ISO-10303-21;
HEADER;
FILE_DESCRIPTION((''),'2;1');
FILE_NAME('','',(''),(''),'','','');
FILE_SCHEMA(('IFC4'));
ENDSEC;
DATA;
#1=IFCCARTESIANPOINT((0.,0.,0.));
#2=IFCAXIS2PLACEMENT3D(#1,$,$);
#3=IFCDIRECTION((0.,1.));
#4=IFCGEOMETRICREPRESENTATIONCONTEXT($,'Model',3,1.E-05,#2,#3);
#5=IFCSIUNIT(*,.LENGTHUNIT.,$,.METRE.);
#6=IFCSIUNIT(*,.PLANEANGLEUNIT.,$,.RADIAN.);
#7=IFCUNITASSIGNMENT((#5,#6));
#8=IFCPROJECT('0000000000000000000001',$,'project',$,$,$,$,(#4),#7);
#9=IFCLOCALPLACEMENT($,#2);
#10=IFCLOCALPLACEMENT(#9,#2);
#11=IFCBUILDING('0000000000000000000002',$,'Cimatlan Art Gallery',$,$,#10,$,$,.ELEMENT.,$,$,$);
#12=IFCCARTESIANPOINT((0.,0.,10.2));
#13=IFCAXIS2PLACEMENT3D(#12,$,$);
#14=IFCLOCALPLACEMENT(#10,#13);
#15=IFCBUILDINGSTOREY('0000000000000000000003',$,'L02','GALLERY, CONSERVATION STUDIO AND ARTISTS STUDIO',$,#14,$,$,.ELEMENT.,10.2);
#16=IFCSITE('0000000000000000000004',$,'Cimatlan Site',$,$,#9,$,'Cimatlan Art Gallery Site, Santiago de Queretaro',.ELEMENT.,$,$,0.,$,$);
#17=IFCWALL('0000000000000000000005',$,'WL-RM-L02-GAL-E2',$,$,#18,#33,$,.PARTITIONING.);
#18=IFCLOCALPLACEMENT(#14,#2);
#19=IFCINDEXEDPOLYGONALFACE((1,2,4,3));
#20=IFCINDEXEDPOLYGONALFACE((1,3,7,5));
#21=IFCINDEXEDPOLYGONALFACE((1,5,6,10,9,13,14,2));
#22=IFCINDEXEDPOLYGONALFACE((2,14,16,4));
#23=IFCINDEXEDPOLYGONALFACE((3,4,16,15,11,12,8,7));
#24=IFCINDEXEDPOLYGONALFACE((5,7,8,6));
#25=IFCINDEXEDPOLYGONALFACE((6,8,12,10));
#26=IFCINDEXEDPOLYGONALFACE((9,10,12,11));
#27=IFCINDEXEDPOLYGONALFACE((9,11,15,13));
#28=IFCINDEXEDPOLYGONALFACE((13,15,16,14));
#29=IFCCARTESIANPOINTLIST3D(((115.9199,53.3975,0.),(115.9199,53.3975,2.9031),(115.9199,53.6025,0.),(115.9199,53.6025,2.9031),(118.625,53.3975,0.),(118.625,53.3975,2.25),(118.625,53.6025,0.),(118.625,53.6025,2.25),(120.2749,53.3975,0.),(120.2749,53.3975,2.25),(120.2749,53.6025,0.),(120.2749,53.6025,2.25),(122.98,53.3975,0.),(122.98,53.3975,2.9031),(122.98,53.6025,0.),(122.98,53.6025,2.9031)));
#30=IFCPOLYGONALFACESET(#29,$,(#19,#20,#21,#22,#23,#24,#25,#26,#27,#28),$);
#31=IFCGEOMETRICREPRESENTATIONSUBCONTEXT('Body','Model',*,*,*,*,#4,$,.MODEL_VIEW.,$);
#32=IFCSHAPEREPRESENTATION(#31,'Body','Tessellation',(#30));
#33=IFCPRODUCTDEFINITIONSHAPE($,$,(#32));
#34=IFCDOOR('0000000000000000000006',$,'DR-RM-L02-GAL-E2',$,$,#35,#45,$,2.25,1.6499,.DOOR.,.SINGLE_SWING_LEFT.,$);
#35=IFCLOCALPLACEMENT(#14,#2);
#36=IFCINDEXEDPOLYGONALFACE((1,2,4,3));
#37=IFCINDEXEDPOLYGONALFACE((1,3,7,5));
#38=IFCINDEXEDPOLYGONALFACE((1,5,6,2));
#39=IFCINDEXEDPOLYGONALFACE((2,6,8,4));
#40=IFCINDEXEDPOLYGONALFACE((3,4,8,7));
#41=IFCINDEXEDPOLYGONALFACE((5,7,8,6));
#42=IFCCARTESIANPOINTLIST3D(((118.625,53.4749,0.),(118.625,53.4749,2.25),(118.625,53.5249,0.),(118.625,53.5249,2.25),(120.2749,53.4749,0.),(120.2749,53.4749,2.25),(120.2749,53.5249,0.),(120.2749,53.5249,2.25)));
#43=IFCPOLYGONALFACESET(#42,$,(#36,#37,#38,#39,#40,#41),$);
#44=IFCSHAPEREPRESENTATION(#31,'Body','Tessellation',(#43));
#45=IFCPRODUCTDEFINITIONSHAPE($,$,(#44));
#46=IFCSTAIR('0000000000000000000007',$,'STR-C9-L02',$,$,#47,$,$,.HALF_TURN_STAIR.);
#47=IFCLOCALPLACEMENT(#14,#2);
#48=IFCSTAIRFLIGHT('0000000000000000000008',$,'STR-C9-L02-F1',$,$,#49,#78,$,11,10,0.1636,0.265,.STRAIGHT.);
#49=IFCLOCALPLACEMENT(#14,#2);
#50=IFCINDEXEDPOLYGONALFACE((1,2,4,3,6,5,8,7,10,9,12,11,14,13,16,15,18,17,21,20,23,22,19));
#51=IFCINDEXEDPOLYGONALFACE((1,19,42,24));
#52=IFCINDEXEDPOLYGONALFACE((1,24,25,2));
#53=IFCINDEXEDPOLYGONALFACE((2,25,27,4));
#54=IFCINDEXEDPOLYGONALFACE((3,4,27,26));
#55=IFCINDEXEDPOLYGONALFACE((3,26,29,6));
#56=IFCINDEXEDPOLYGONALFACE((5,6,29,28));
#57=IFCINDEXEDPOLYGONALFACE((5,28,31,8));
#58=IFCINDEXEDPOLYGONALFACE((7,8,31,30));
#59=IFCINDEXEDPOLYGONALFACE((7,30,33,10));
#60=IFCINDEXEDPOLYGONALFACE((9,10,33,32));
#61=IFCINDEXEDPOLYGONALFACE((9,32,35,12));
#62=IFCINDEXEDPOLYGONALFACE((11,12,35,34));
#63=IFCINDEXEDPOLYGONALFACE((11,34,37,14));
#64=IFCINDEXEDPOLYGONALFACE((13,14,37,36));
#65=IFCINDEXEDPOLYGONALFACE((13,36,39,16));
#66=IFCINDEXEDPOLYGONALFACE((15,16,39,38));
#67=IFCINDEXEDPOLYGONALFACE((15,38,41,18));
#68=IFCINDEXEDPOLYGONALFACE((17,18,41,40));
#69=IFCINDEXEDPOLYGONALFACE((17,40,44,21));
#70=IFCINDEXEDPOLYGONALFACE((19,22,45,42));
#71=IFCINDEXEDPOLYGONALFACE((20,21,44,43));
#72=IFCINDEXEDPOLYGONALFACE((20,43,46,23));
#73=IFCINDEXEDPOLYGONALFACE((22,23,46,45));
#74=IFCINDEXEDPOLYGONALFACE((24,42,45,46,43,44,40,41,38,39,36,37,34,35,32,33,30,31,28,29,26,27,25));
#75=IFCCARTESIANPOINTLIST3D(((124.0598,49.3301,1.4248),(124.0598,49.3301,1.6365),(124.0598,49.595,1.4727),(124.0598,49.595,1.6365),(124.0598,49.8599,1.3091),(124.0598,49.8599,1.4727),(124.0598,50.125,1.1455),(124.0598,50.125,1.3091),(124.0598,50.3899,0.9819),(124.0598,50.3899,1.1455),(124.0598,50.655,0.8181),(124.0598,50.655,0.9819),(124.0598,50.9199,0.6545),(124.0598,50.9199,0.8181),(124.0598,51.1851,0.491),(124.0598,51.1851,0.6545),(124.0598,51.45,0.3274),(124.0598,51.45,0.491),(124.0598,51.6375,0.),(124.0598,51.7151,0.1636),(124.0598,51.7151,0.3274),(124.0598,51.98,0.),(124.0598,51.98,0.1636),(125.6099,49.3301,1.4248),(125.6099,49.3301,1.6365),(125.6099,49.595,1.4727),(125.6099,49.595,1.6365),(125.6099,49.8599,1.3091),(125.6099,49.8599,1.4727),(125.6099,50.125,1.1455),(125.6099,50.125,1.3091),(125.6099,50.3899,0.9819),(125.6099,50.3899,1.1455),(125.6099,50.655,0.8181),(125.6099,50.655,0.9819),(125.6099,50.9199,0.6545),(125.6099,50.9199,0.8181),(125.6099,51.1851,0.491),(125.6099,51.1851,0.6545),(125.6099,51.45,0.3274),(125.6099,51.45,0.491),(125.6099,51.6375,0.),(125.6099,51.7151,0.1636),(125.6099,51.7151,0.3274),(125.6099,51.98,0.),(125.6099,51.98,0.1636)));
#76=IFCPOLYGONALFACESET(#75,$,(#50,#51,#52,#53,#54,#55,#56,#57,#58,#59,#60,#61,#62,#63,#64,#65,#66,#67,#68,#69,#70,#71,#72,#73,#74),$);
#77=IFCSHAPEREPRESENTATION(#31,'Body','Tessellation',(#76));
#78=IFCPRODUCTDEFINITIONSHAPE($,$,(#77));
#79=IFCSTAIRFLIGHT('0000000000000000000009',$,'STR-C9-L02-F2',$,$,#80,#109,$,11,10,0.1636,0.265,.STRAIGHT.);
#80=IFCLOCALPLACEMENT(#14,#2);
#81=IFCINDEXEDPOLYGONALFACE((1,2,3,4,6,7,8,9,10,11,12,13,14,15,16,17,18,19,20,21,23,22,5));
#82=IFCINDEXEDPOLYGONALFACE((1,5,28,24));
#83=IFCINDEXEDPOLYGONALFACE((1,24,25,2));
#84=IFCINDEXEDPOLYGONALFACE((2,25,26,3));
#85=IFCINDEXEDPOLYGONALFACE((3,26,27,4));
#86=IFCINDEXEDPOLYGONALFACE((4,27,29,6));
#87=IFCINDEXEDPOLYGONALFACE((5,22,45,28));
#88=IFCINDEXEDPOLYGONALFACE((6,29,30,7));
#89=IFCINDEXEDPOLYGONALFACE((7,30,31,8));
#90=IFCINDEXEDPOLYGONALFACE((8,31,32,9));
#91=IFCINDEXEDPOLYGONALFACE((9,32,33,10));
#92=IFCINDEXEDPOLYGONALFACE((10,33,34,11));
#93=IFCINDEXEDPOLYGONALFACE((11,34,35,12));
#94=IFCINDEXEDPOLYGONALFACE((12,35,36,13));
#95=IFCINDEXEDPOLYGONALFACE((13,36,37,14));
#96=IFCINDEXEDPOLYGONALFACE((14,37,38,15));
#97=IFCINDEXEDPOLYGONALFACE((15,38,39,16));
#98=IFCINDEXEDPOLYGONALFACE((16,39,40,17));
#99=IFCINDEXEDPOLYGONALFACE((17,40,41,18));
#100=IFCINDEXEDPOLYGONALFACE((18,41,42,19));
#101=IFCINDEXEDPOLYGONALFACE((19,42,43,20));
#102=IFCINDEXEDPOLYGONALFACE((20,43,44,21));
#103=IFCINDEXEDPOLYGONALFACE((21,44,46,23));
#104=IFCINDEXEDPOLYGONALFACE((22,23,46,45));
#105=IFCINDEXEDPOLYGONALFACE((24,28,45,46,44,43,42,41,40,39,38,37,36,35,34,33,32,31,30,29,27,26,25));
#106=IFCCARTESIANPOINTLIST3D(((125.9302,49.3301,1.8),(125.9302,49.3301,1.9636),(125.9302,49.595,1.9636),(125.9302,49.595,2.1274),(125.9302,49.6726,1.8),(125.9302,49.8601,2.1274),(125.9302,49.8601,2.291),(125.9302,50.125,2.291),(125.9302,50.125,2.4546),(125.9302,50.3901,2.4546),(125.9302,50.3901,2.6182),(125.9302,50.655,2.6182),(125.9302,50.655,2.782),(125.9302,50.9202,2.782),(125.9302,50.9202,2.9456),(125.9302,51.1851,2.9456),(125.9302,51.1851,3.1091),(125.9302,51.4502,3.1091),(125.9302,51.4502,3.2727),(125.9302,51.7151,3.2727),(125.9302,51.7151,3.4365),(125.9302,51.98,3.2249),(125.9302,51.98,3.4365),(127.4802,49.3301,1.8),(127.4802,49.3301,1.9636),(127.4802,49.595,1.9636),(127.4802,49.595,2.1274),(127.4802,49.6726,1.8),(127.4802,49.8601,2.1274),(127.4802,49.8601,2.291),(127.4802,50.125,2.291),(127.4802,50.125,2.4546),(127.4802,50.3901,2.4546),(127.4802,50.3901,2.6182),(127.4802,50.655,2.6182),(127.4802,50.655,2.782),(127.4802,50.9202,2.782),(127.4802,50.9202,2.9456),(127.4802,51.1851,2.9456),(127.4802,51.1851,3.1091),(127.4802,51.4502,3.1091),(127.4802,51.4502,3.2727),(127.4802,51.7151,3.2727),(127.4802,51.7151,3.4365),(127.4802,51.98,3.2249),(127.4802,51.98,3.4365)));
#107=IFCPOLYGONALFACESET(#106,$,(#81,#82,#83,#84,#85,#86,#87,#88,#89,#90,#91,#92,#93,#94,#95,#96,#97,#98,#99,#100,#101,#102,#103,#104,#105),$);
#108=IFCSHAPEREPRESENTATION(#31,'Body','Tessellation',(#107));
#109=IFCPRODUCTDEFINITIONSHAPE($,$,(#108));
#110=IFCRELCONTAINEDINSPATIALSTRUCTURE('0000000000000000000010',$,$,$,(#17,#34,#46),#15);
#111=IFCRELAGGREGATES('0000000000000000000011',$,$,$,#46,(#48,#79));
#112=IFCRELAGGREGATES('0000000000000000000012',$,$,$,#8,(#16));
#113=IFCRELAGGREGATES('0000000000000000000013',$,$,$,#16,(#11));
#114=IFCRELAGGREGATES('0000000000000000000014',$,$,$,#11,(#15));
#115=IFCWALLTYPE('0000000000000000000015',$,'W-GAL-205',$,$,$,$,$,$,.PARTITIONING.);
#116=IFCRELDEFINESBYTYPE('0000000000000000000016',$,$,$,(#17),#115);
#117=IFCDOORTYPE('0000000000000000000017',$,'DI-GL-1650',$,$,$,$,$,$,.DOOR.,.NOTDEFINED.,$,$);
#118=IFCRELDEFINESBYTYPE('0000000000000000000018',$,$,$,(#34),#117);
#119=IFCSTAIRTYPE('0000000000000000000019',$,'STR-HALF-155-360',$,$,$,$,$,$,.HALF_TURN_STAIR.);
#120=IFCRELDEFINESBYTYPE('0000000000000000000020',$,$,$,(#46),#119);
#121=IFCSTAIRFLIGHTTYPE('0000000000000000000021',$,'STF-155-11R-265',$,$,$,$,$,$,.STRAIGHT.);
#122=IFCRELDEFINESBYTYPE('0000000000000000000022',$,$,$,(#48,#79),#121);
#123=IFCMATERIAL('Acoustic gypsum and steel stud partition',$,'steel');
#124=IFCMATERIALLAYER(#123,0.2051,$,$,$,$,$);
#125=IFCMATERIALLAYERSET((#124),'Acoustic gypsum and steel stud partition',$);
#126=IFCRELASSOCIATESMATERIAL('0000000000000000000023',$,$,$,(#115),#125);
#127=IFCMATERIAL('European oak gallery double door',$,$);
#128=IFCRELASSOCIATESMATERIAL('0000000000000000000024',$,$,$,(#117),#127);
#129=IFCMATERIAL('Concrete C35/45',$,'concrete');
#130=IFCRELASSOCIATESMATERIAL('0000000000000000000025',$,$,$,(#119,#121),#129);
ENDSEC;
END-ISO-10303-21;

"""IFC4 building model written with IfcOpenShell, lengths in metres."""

from ifc_helpers import new_model, si_unit, direction, frame, frame_2d, origin, place, context, subcontext, project, spatial, polyline, rectangle, outline, extrude, material, layer, layer_set, type_object, element, fill, aggregate, save


model = new_model("IFC4")

# Units and contexts
model_context = context("Model", 3, precision=1e-05, world=origin(), true_north=direction((0.0, 1.0)))
body_context = subcontext(model_context, "Body", "Model", "MODEL_VIEW")
ifc_project = project(units=[si_unit("LENGTHUNIT", "METRE"), si_unit("PLANEANGLEUNIT", "RADIAN")], contexts=[model_context])

# Site, building, storey
site_placement = place(None, origin())
site = spatial("IfcSite", under=ifc_project, at=site_placement, Name="Cimatlan Site", LongName="Cimatlan Art Gallery Site, Santiago de Queretaro", CompositionType="ELEMENT", RefElevation=0.0)
building_placement = place(site_placement, origin())
building = spatial("IfcBuilding", under=site, at=building_placement, Name="Cimatlan Art Gallery", CompositionType="ELEMENT")
storey_placement = place(building_placement, frame((0.0, 0.0, 10.2)))
storey = spatial("IfcBuildingStorey", under=building, at=storey_placement, Name="L02", Description="GALLERY, CONSERVATION STUDIO AND ARTISTS STUDIO", CompositionType="ELEMENT", Elevation=10.2)

# Wall, opening, door
ifc_material_1 = material(Name="Acoustic gypsum and steel stud partition", Category="steel")
ifc_layer_1 = layer(ifc_material_1, 0.2051)
ifc_layer_set_1 = layer_set([ifc_layer_1], Name="Acoustic gypsum and steel stud partition")
wall_type_1 = type_object("IfcWallType", Name="W-GAL-205", PredefinedType="PARTITIONING", material=ifc_layer_set_1)
wall_1_placement = place(storey_placement, frame((115.9199, 53.5, 0.0), z_axis=(0.0, 0.0, 1.0), x_axis=(1.0, 0.0, 0.0)))
wall_1 = element("IfcWall", 1, at=wall_1_placement, inside=storey, type_object=wall_type_1, Name="WL-RM-L02-GAL-E2", PredefinedType="PARTITIONING", context=body_context, shape_type="SweptSolid", body=[
    extrude(rectangle(XDim=7.0601, YDim=0.2051, at=frame_2d((3.53, 0.0))), origin(), (0.0, 0.0, 1.0), 2.9031),
])
opening_1_placement = place(wall_1_placement, frame((2.7051, 0.0, 0.0)))
opening_1 = element("IfcOpeningElement", 2, at=opening_1_placement, cuts=wall_1, PredefinedType="OPENING", context=body_context, shape_type="SweptSolid", body=[
    extrude(rectangle(XDim=1.6499, YDim=2.25, at=frame_2d((0.825, 1.125))), frame((0.0, 0.1125, 0.0), z_axis=(0.0, -1.0, 0.0), x_axis=(1.0, 0.0, 0.0)), (0.0, 0.0, 1.0), 0.2251),
])
ifc_material_2 = material(Name="European oak gallery double door")
door_type_1 = type_object("IfcDoorType", Name="DI-GL-1650", OperationType="NOTDEFINED", PredefinedType="DOOR", material=ifc_material_2)
door_1_placement = place(opening_1_placement, origin())
door_1 = element("IfcDoor", 3, at=door_1_placement, inside=storey, type_object=door_type_1, Name="DR-RM-L02-GAL-E2", OperationType="SINGLE_SWING_LEFT", OverallHeight=2.25, OverallWidth=1.6499, PredefinedType="DOOR", context=body_context, shape_type="SweptSolid", body=[
    extrude(rectangle(XDim=1.6499, YDim=2.25, at=frame_2d((0.825, 1.125))), frame((0.0, 0.0249, 0.0), z_axis=(0.0, -1.0, 0.0), x_axis=(1.0, 0.0, 0.0)), (0.0, 0.0, 1.0), 0.05),
])
fill(opening_1, door_1)

# Stair, stair flights
ifc_material_3 = material(Name="Concrete C35/45", Category="concrete")
stair_type = type_object("IfcStairType", Name="STR-HALF-155-360", PredefinedType="HALF_TURN_STAIR", material=ifc_material_3)
stair_placement = place(storey_placement, origin())
stair = element("IfcStair", 4, at=stair_placement, inside=storey, type_object=stair_type, Name="STR-C9-L02", PredefinedType="HALF_TURN_STAIR")
stair_flight_type = type_object("IfcStairFlightType", Name="STF-155-11R-265", PredefinedType="STRAIGHT", material=ifc_material_3)
stair_flight_1_placement = place(storey_placement, frame((124.835, 51.98, 0.0), z_axis=(0.0, 0.0, 1.0), x_axis=(0.0, -1.0, 0.0)))
stair_flight_1 = element("IfcStairFlight", 5, at=stair_flight_1_placement, type_object=stair_flight_type, Name="STR-C9-L02-F1", NumberOfRisers=11, NumberOfTreads=10, PredefinedType="STRAIGHT", RiserHeight=0.1636, TreadLength=0.265, context=body_context, shape_type="SweptSolid", body=[
    extrude(outline(polyline([(0.0, 0.0), (0.0, 0.1636), (0.2649, 0.1636), (0.2649, 0.3274), (0.53, 0.3274), (0.53, 0.491), (0.7949, 0.491), (0.7949, 0.6545), (1.0601, 0.6545), (1.0601, 0.8181), (1.325, 0.8181), (1.325, 0.9819), (1.5901, 0.9819), (1.5901, 1.1455), (1.855, 1.1455), (1.855, 1.3091), (2.1201, 1.3091), (2.1201, 1.4727), (2.385, 1.4727), (2.385, 1.6365), (2.6499, 1.6365), (2.6499, 1.8), (2.6499, 1.4248), (0.3425, 0.0), (0.0, 0.0)])), frame((0.0, 0.7749, 0.0), z_axis=(0.0, -1.0, 0.0), x_axis=(1.0, 0.0, 0.0)), (0.0, 0.0, 1.0), 1.55),
])
stair_flight_2_placement = place(storey_placement, frame((126.7051, 49.3301, 1.8), z_axis=(0.0, 0.0, 1.0), x_axis=(0.0, 1.0, 0.0)))
stair_flight_2 = element("IfcStairFlight", 6, at=stair_flight_2_placement, type_object=stair_flight_type, Name="STR-C9-L02-F2", NumberOfRisers=11, NumberOfTreads=10, PredefinedType="STRAIGHT", RiserHeight=0.1636, TreadLength=0.265, context=body_context, shape_type="SweptSolid", body=[
    extrude(outline(polyline([(0.0, 0.0), (0.0, 0.1636), (0.2649, 0.1636), (0.2649, 0.3274), (0.53, 0.3274), (0.53, 0.491), (0.7949, 0.491), (0.7949, 0.6545), (1.0601, 0.6545), (1.0601, 0.8181), (1.325, 0.8181), (1.325, 0.9819), (1.5901, 0.9819), (1.5901, 1.1455), (1.855, 1.1455), (1.855, 1.3091), (2.1201, 1.3091), (2.1201, 1.4727), (2.385, 1.4727), (2.385, 1.6365), (2.6499, 1.6365), (2.6499, 1.8), (2.6499, 1.4248), (0.3425, 0.0), (0.0, 0.0)])), frame((0.0, 0.7749, 0.0), z_axis=(0.0, -1.0, 0.0), x_axis=(1.0, 0.0, 0.0)), (0.0, 0.0, 1.0), 1.55),
])
aggregate(stair, [stair_flight_1, stair_flight_2])

save(model, "model.ifc")
